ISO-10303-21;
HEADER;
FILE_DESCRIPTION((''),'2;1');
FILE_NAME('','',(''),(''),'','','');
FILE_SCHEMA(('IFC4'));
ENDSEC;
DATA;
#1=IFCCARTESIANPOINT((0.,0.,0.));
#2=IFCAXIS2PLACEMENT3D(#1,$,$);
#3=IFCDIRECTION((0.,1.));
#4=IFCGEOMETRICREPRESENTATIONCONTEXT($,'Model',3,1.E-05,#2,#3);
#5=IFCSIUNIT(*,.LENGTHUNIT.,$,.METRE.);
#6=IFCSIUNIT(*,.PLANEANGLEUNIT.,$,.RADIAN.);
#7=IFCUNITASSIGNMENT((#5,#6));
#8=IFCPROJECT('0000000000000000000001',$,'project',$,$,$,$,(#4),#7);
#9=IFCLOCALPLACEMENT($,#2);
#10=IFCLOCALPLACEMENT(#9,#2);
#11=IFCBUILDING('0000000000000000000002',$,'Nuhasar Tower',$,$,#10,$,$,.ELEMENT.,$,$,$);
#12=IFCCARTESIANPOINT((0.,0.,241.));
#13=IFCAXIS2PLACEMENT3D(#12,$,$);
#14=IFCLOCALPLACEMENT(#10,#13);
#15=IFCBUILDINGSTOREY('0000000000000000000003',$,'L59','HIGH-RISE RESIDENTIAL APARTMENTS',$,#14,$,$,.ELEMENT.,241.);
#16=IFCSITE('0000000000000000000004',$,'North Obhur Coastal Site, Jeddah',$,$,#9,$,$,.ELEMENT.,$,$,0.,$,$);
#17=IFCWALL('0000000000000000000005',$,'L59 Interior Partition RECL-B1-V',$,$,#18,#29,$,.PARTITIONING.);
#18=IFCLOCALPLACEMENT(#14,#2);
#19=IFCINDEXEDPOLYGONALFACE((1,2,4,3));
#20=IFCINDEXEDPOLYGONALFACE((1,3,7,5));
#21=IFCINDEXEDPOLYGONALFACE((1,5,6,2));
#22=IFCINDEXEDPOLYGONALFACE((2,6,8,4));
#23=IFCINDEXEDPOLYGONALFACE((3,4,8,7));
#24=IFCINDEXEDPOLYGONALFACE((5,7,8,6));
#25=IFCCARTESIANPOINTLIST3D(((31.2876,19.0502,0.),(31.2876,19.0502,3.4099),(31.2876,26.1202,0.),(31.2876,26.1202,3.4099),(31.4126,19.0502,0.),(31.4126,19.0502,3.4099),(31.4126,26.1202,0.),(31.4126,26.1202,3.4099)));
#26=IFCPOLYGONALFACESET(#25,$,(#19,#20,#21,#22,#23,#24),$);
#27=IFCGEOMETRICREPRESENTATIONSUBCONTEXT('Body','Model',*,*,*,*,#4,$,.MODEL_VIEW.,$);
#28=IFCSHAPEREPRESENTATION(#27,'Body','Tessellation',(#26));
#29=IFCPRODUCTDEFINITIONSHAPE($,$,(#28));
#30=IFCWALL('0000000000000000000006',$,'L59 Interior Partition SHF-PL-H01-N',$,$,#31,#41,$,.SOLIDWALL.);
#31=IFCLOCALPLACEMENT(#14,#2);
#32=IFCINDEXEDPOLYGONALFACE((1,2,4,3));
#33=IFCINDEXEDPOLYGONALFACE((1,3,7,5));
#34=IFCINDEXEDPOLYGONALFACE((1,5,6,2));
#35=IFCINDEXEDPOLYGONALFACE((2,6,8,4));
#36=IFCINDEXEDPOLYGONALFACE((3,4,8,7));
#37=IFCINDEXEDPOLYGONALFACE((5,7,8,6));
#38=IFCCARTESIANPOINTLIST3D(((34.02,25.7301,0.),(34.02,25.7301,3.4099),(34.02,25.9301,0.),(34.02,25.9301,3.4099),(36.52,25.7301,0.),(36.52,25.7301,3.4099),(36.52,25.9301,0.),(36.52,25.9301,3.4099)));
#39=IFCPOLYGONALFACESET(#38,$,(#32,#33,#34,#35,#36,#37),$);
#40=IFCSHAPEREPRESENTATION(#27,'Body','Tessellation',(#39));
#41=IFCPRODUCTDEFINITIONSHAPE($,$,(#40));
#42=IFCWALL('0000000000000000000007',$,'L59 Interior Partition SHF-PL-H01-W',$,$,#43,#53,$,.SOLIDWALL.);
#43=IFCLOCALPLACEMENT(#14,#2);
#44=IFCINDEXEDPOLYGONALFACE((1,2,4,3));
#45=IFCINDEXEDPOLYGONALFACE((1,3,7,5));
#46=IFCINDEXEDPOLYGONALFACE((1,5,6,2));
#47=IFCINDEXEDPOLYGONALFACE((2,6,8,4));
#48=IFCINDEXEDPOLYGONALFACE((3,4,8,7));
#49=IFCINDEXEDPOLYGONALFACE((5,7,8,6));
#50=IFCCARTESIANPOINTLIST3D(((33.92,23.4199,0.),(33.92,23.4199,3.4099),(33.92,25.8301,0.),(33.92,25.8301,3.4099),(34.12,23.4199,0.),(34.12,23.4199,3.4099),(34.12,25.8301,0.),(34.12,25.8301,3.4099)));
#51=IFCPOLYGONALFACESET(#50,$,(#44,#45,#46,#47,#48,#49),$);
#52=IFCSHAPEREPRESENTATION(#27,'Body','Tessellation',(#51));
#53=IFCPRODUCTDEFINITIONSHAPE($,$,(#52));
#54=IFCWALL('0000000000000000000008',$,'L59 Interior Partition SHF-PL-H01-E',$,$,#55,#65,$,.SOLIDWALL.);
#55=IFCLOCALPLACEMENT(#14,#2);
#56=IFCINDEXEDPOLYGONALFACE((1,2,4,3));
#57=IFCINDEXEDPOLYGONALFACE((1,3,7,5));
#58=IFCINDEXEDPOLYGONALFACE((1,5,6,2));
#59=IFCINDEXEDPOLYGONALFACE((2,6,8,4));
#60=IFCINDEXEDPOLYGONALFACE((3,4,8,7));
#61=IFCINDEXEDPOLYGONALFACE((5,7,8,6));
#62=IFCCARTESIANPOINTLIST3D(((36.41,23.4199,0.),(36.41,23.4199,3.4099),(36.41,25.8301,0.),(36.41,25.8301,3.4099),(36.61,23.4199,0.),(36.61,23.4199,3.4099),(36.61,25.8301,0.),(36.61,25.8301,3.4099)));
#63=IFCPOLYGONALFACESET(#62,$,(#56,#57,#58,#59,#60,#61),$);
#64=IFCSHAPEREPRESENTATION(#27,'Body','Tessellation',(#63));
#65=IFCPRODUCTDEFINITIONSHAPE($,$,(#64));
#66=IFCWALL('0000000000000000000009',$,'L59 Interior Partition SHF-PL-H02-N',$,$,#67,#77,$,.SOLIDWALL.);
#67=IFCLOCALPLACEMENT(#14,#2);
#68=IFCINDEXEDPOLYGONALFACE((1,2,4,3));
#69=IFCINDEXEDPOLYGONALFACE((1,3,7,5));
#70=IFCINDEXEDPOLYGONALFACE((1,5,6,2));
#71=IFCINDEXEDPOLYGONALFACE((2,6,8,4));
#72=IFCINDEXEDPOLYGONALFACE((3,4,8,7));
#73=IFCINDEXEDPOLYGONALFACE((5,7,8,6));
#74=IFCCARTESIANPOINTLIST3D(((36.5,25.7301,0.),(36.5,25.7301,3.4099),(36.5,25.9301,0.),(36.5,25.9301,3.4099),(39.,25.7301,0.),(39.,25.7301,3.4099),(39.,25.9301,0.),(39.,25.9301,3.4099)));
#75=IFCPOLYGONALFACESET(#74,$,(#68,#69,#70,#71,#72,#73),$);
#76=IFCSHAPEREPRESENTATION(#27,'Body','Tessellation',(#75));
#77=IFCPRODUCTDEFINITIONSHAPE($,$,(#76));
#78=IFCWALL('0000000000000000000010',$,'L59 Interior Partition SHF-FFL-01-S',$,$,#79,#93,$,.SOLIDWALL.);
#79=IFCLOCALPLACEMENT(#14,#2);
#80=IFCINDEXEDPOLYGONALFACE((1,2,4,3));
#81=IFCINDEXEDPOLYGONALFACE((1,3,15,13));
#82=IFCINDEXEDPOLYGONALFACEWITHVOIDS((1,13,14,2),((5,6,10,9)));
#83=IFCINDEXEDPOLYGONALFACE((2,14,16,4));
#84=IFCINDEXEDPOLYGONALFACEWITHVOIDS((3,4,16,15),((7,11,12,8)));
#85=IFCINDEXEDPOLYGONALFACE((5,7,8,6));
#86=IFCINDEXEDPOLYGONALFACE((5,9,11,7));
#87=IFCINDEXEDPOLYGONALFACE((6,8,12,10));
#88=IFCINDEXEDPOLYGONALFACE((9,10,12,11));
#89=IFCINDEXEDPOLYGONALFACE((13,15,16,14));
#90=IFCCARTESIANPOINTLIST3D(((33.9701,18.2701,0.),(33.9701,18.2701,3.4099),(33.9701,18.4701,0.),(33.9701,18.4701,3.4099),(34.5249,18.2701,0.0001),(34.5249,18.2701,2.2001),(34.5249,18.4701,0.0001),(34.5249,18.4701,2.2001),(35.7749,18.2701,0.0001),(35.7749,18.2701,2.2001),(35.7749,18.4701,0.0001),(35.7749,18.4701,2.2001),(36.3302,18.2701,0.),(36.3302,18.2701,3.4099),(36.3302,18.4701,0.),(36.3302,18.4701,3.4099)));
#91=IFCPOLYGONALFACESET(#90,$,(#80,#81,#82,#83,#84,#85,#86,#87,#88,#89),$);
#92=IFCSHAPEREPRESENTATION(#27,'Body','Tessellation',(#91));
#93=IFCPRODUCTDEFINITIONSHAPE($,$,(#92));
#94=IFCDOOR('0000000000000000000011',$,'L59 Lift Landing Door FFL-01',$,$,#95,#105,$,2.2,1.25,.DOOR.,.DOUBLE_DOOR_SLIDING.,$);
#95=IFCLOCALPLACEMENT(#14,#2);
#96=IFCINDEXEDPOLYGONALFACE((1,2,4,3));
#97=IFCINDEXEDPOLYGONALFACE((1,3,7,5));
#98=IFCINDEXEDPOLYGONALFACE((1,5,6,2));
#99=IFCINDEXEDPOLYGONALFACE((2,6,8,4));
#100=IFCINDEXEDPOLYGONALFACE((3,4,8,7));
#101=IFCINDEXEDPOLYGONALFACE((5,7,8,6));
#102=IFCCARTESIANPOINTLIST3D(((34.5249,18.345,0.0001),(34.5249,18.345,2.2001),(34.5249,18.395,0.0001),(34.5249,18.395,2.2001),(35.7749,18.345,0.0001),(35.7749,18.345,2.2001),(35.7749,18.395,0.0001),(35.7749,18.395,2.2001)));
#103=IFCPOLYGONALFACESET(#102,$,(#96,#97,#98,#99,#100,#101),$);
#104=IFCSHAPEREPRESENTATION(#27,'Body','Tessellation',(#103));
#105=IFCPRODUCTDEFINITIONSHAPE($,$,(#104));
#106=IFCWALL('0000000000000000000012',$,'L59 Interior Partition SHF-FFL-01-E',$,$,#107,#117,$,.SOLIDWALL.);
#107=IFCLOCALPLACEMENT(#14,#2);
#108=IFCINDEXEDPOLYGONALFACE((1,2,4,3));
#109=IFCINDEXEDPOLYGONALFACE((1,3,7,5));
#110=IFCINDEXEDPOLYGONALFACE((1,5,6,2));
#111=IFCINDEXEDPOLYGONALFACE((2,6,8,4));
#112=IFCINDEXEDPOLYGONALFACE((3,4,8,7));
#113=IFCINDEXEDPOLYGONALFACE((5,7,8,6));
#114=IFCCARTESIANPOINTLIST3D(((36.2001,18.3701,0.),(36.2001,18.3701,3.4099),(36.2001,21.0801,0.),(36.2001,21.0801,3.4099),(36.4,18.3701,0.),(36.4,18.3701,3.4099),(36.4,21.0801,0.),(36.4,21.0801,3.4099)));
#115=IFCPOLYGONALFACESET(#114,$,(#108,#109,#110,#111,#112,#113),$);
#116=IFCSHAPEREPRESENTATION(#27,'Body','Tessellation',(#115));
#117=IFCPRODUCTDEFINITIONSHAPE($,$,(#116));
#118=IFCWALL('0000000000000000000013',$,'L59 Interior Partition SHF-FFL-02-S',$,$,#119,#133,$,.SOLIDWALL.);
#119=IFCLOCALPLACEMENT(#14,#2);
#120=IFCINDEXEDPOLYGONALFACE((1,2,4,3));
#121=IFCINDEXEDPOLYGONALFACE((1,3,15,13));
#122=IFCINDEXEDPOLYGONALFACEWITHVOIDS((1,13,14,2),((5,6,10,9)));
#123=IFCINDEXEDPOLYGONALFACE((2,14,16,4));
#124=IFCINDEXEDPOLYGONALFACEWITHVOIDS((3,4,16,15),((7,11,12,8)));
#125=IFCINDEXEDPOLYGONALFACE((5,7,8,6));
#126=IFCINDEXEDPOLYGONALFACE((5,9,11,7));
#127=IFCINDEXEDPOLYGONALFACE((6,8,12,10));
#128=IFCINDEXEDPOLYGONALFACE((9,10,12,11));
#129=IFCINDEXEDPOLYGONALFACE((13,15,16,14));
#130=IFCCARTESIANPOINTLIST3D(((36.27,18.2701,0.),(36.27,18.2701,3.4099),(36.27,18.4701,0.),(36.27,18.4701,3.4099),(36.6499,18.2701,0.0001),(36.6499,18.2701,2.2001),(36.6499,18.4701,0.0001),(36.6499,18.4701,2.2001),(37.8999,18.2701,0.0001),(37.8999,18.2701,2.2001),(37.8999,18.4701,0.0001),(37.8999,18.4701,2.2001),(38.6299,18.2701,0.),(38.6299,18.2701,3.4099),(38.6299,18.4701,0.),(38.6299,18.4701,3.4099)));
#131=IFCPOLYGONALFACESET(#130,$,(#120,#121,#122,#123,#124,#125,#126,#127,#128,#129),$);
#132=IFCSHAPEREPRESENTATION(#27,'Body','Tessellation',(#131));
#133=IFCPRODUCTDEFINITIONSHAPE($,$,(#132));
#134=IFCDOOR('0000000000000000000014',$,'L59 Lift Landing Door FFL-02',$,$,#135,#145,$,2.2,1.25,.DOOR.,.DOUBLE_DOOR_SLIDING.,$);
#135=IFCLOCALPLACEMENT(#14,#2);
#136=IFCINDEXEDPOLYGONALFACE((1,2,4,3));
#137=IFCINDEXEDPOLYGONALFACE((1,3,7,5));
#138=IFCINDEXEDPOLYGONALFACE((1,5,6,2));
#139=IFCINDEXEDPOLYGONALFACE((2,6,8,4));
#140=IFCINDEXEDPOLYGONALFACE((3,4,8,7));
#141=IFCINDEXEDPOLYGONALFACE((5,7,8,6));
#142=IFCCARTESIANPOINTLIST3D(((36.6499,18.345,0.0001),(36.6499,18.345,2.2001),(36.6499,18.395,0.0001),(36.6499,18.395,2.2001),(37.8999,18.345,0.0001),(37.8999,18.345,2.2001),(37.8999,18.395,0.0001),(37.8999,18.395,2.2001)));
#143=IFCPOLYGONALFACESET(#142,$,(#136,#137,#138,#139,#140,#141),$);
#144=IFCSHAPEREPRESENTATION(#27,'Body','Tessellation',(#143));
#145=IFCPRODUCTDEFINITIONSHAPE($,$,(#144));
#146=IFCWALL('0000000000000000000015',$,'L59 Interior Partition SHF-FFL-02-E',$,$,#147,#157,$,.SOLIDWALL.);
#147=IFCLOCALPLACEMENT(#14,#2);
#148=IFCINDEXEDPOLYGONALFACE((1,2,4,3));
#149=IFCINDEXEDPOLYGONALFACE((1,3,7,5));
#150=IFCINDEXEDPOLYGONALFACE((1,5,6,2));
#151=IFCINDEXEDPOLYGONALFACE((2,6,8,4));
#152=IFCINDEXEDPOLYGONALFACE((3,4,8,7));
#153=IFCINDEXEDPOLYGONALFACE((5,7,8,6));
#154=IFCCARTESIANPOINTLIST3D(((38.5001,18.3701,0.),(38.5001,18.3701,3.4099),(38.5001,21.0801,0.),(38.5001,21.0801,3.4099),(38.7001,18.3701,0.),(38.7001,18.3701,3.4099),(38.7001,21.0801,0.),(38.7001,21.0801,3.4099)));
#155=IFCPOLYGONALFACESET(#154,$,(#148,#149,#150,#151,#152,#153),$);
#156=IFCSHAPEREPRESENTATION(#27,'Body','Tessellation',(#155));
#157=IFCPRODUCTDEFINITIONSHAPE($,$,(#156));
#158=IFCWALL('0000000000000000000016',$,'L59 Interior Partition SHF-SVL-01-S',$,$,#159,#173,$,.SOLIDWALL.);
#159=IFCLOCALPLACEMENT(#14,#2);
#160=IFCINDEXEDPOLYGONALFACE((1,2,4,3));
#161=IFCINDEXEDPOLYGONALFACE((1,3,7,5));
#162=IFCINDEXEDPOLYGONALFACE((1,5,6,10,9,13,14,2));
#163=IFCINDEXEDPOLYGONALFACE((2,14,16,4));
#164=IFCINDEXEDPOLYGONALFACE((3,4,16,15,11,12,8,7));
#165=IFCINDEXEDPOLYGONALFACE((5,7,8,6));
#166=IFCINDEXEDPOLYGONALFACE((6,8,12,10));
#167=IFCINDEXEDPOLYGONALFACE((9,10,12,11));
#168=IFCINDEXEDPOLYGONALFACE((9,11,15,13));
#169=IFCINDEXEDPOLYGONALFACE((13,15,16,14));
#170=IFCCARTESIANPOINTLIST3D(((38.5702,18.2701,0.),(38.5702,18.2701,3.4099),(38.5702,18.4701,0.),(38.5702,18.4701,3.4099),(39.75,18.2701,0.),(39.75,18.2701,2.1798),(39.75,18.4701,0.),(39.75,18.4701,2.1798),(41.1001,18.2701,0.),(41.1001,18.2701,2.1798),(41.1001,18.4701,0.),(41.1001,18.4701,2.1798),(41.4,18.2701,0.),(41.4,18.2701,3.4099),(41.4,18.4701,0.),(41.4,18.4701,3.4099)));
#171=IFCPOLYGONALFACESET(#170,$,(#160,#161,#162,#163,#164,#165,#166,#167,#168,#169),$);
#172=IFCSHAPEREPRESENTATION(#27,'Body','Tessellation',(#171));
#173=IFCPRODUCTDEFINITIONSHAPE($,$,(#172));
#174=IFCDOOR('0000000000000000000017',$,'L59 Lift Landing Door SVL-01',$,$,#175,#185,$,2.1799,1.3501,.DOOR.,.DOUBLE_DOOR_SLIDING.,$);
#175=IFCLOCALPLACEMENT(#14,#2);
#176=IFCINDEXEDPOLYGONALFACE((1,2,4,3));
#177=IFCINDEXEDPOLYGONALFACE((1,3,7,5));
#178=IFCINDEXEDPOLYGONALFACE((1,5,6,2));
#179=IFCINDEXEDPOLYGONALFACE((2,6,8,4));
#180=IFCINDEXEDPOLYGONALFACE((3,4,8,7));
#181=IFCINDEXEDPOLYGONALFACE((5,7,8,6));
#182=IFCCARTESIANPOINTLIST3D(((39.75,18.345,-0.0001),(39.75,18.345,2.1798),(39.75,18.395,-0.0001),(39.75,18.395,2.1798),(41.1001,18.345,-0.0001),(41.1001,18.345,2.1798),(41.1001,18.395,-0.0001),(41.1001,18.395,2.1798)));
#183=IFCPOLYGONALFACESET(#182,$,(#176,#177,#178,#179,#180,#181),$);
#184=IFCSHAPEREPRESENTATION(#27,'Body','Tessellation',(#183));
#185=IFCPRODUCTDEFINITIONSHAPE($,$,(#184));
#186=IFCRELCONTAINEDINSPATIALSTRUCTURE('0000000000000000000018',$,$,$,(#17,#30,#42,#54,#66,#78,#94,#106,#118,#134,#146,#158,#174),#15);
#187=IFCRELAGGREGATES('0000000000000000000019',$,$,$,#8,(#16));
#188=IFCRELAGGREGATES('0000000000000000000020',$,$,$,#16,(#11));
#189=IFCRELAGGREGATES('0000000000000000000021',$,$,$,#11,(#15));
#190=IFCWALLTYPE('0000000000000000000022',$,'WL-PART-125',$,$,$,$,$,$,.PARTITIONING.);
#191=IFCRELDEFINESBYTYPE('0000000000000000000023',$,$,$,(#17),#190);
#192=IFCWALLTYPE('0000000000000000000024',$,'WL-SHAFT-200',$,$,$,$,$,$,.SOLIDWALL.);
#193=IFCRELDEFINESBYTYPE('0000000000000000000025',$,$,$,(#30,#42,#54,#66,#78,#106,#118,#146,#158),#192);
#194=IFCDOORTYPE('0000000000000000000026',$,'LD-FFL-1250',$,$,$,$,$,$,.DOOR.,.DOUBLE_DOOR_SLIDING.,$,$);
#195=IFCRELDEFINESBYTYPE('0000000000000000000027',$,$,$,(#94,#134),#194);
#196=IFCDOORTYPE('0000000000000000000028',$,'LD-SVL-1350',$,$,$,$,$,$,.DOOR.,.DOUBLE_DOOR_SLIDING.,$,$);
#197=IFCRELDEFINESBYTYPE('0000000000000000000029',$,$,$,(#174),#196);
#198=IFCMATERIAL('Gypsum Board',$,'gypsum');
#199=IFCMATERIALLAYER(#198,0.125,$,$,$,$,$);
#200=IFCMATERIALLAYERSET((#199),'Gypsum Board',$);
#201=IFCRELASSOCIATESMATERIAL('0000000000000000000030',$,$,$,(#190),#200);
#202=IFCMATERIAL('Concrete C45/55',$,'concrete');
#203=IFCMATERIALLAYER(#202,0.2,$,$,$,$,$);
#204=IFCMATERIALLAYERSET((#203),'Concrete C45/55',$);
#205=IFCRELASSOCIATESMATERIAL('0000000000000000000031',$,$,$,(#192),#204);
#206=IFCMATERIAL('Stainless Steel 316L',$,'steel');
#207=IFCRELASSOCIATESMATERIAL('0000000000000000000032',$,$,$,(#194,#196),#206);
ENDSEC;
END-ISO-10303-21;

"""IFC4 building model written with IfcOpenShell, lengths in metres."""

from ifc_helpers import new_model, si_unit, direction, frame, frame_2d, origin, place, context, subcontext, project, spatial, rectangle, extrude, material, layer, layer_set, type_object, element, fill, save


model = new_model("IFC4")

# Units and contexts
model_context = context("Model", 3, precision=1e-05, world=origin(), true_north=direction((0.0, 1.0)))
body_context = subcontext(model_context, "Body", "Model", "MODEL_VIEW")
ifc_project = project(units=[si_unit("LENGTHUNIT", "METRE"), si_unit("PLANEANGLEUNIT", "RADIAN")], contexts=[model_context])

# Site, building, storey
site_placement = place(None, origin())
site = spatial("IfcSite", under=ifc_project, at=site_placement, Name="North Obhur Coastal Site, Jeddah", CompositionType="ELEMENT", RefElevation=0.0)
building_placement = place(site_placement, origin())
building = spatial("IfcBuilding", under=site, at=building_placement, Name="Nuhasar Tower", CompositionType="ELEMENT")
storey_placement = place(building_placement, frame((0.0, 0.0, 241.0)))
storey = spatial("IfcBuildingStorey", under=building, at=storey_placement, Name="L59", Description="HIGH-RISE RESIDENTIAL APARTMENTS", CompositionType="ELEMENT", Elevation=241.0)

# Shared definitions
ifc_material_1 = material(Name="Gypsum Board", Category="gypsum")

# Wall
ifc_material_2 = material(Name="Concrete C45/55", Category="concrete")
ifc_layer_1 = layer(ifc_material_1, 0.125)
ifc_layer_set_1 = layer_set([ifc_layer_1], Name="Gypsum Board")
wall_type_1 = type_object("IfcWallType", Name="WL-PART-125", PredefinedType="PARTITIONING", material=ifc_layer_set_1)
wall_1_placement = place(storey_placement, frame((31.3501, 19.05, 0.0), z_axis=(0.0, 0.0, 1.0), x_axis=(0.0, 1.0, 0.0)))
element("IfcWall", 1, at=wall_1_placement, inside=storey, type_object=wall_type_1, Name="L59 Interior Partition RECL-B1-V", PredefinedType="PARTITIONING", context=body_context, shape_type="SweptSolid", body=[
    extrude(rectangle(XDim=7.0701, YDim=0.125, at=frame_2d((3.5352, 0.0))), origin(), (0.0, 0.0, 1.0), 3.4099),
])

# Shared definitions
ifc_layer_2 = layer(ifc_material_2, 0.2)
ifc_layer_set_2 = layer_set([ifc_layer_2], Name="Concrete C45/55")
wall_type_2 = type_object("IfcWallType", Name="WL-SHAFT-200", PredefinedType="SOLIDWALL", material=ifc_layer_set_2)
ifc_material_3 = material(Name="Stainless Steel 316L", Category="steel")

# Walls
wall_2_placement = place(storey_placement, frame((34.02, 25.8301, 0.0), z_axis=(0.0, 0.0, 1.0), x_axis=(1.0, 0.0, 0.0)))
element("IfcWall", 2, at=wall_2_placement, inside=storey, type_object=wall_type_2, Name="L59 Interior Partition SHF-PL-H01-N", PredefinedType="SOLIDWALL", context=body_context, shape_type="SweptSolid", body=[
    extrude(rectangle(XDim=2.5, YDim=0.2, at=frame_2d((1.25, 0.0))), origin(), (0.0, 0.0, 1.0), 3.4099),
])
for number, where, z_axis, x_axis, name in (
    (3, (34.02, 23.4199, 0.0), (0.0, 0.0, 1.0), (0.0, 1.0, 0.0), "L59 Interior Partition SHF-PL-H01-W"),
    (4, (36.51, 23.4199, 0.0), (0.0, 0.0, 1.0), (0.0, 1.0, 0.0), "L59 Interior Partition SHF-PL-H01-E"),
):
    element("IfcWall", number, at=place(storey_placement, frame(where, z_axis=z_axis, x_axis=x_axis)), inside=storey, type_object=wall_type_2, Name=name, PredefinedType="SOLIDWALL", context=body_context, shape_type="SweptSolid", body=[
        extrude(rectangle(XDim=2.4102, YDim=0.2, at=frame_2d((1.2051, 0.0))), origin(), (0.0, 0.0, 1.0), 3.4099),
    ])

# Wall
wall_3_placement = place(storey_placement, frame((36.5, 25.8301, 0.0), z_axis=(0.0, 0.0, 1.0), x_axis=(1.0, 0.0, 0.0)))
element("IfcWall", 5, at=wall_3_placement, inside=storey, type_object=wall_type_2, Name="L59 Interior Partition SHF-PL-H02-N", PredefinedType="SOLIDWALL", context=body_context, shape_type="SweptSolid", body=[
    extrude(rectangle(XDim=2.5, YDim=0.2, at=frame_2d((1.25, 0.0))), origin(), (0.0, 0.0, 1.0), 3.4099),
])

# Wall, opening, door
wall_4_placement = place(storey_placement, frame((33.97, 18.3701, 0.0), z_axis=(0.0, 0.0, 1.0), x_axis=(1.0, 0.0, 0.0)))
wall_4 = element("IfcWall", 6, at=wall_4_placement, inside=storey, type_object=wall_type_2, Name="L59 Interior Partition SHF-FFL-01-S", PredefinedType="SOLIDWALL", context=body_context, shape_type="SweptSolid", body=[
    extrude(rectangle(XDim=2.3601, YDim=0.2, at=frame_2d((1.1802, 0.0))), origin(), (0.0, 0.0, 1.0), 3.4099),
])
opening_1_placement = place(wall_4_placement, frame((0.5549, 0.0, 0.0)))
opening_1 = element("IfcOpeningElement", 7, at=opening_1_placement, cuts=wall_4, PredefinedType="OPENING", context=body_context, shape_type="SweptSolid", body=[
    extrude(rectangle(XDim=1.25, YDim=2.2, at=frame_2d((0.625, 1.1001))), frame((0.0, 0.1099, 0.0), z_axis=(0.0, -1.0, 0.0), x_axis=(1.0, 0.0, 0.0)), (0.0, 0.0, 1.0), 0.22),
])
door_type_1 = type_object("IfcDoorType", Name="LD-FFL-1250", OperationType="DOUBLE_DOOR_SLIDING", PredefinedType="DOOR", material=ifc_material_3)
door_1_placement = place(opening_1_placement, origin())
door_1 = element("IfcDoor", 8, at=door_1_placement, inside=storey, type_object=door_type_1, Name="L59 Lift Landing Door FFL-01", OperationType="DOUBLE_DOOR_SLIDING", OverallHeight=2.2, OverallWidth=1.25, PredefinedType="DOOR", context=body_context, shape_type="SweptSolid", body=[
    extrude(rectangle(XDim=1.25, YDim=2.2, at=frame_2d((0.625, 1.1001))), frame((0.0, 0.0249, 0.0), z_axis=(0.0, -1.0, 0.0), x_axis=(1.0, 0.0, 0.0)), (0.0, 0.0, 1.0), 0.05),
])
fill(opening_1, door_1)

# Wall
wall_5_placement = place(storey_placement, frame((36.3, 18.3701, 0.0), z_axis=(0.0, 0.0, 1.0), x_axis=(0.0, 1.0, 0.0)))
element("IfcWall", 9, at=wall_5_placement, inside=storey, type_object=wall_type_2, Name="L59 Interior Partition SHF-FFL-01-E", PredefinedType="SOLIDWALL", context=body_context, shape_type="SweptSolid", body=[
    extrude(rectangle(XDim=2.71, YDim=0.2, at=frame_2d((1.355, 0.0))), origin(), (0.0, 0.0, 1.0), 3.4099),
])

# Wall, opening, door
wall_6_placement = place(storey_placement, frame((36.27, 18.3701, 0.0), z_axis=(0.0, 0.0, 1.0), x_axis=(1.0, 0.0, 0.0)))
wall_6 = element("IfcWall", 10, at=wall_6_placement, inside=storey, type_object=wall_type_2, Name="L59 Interior Partition SHF-FFL-02-S", PredefinedType="SOLIDWALL", context=body_context, shape_type="SweptSolid", body=[
    extrude(rectangle(XDim=2.3599, YDim=0.2, at=frame_2d((1.1799, 0.0))), origin(), (0.0, 0.0, 1.0), 3.4099),
])
opening_2_placement = place(wall_6_placement, frame((0.3799, 0.0, 0.0)))
opening_2 = element("IfcOpeningElement", 11, at=opening_2_placement, cuts=wall_6, PredefinedType="OPENING", context=body_context, shape_type="SweptSolid", body=[
    extrude(rectangle(XDim=1.25, YDim=2.2, at=frame_2d((0.625, 1.1001))), frame((0.0, 0.1099, 0.0), z_axis=(0.0, -1.0, 0.0), x_axis=(1.0, 0.0, 0.0)), (0.0, 0.0, 1.0), 0.22),
])
door_2_placement = place(opening_2_placement, origin())
door_2 = element("IfcDoor", 12, at=door_2_placement, inside=storey, type_object=door_type_1, Name="L59 Lift Landing Door FFL-02", OperationType="DOUBLE_DOOR_SLIDING", OverallHeight=2.2, OverallWidth=1.25, PredefinedType="DOOR", context=body_context, shape_type="SweptSolid", body=[
    extrude(rectangle(XDim=1.25, YDim=2.2, at=frame_2d((0.625, 1.1001))), frame((0.0, 0.0249, 0.0), z_axis=(0.0, -1.0, 0.0), x_axis=(1.0, 0.0, 0.0)), (0.0, 0.0, 1.0), 0.05),
])
fill(opening_2, door_2)

# Wall
wall_7_placement = place(storey_placement, frame((38.6001, 18.3701, 0.0), z_axis=(0.0, 0.0, 1.0), x_axis=(0.0, 1.0, 0.0)))
element("IfcWall", 13, at=wall_7_placement, inside=storey, type_object=wall_type_2, Name="L59 Interior Partition SHF-FFL-02-E", PredefinedType="SOLIDWALL", context=body_context, shape_type="SweptSolid", body=[
    extrude(rectangle(XDim=2.71, YDim=0.2, at=frame_2d((1.355, 0.0))), origin(), (0.0, 0.0, 1.0), 3.4099),
])

# Wall, opening, door
wall_8_placement = place(storey_placement, frame((38.5701, 18.3701, 0.0), z_axis=(0.0, 0.0, 1.0), x_axis=(1.0, 0.0, 0.0)))
wall_8 = element("IfcWall", 14, at=wall_8_placement, inside=storey, type_object=wall_type_2, Name="L59 Interior Partition SHF-SVL-01-S", PredefinedType="SOLIDWALL", context=body_context, shape_type="SweptSolid", body=[
    extrude(rectangle(XDim=2.8298, YDim=0.2, at=frame_2d((1.415, 0.0))), origin(), (0.0, 0.0, 1.0), 3.4099),
])
opening_3_placement = place(wall_8_placement, frame((1.1799, 0.0, 0.0)))
opening_3 = element("IfcOpeningElement", 15, at=opening_3_placement, cuts=wall_8, PredefinedType="OPENING", context=body_context, shape_type="SweptSolid", body=[
    extrude(rectangle(XDim=1.3501, YDim=2.1799, at=frame_2d((0.675, 1.0898))), frame((0.0, 0.1099, 0.0), z_axis=(0.0, -1.0, 0.0), x_axis=(1.0, 0.0, 0.0)), (0.0, 0.0, 1.0), 0.22),
])
door_type_2 = type_object("IfcDoorType", Name="LD-SVL-1350", OperationType="DOUBLE_DOOR_SLIDING", PredefinedType="DOOR", material=ifc_material_3)
door_3_placement = place(opening_3_placement, origin())
door_3 = element("IfcDoor", 16, at=door_3_placement, inside=storey, type_object=door_type_2, Name="L59 Lift Landing Door SVL-01", OperationType="DOUBLE_DOOR_SLIDING", OverallHeight=2.1799, OverallWidth=1.3501, PredefinedType="DOOR", context=body_context, shape_type="SweptSolid", body=[
    extrude(rectangle(XDim=1.3501, YDim=2.1799, at=frame_2d((0.675, 1.0898))), frame((0.0, 0.0249, 0.0), z_axis=(0.0, -1.0, 0.0), x_axis=(1.0, 0.0, 0.0)), (0.0, 0.0, 1.0), 0.05),
])
fill(opening_3, door_3)

save(model, "model.ifc")
